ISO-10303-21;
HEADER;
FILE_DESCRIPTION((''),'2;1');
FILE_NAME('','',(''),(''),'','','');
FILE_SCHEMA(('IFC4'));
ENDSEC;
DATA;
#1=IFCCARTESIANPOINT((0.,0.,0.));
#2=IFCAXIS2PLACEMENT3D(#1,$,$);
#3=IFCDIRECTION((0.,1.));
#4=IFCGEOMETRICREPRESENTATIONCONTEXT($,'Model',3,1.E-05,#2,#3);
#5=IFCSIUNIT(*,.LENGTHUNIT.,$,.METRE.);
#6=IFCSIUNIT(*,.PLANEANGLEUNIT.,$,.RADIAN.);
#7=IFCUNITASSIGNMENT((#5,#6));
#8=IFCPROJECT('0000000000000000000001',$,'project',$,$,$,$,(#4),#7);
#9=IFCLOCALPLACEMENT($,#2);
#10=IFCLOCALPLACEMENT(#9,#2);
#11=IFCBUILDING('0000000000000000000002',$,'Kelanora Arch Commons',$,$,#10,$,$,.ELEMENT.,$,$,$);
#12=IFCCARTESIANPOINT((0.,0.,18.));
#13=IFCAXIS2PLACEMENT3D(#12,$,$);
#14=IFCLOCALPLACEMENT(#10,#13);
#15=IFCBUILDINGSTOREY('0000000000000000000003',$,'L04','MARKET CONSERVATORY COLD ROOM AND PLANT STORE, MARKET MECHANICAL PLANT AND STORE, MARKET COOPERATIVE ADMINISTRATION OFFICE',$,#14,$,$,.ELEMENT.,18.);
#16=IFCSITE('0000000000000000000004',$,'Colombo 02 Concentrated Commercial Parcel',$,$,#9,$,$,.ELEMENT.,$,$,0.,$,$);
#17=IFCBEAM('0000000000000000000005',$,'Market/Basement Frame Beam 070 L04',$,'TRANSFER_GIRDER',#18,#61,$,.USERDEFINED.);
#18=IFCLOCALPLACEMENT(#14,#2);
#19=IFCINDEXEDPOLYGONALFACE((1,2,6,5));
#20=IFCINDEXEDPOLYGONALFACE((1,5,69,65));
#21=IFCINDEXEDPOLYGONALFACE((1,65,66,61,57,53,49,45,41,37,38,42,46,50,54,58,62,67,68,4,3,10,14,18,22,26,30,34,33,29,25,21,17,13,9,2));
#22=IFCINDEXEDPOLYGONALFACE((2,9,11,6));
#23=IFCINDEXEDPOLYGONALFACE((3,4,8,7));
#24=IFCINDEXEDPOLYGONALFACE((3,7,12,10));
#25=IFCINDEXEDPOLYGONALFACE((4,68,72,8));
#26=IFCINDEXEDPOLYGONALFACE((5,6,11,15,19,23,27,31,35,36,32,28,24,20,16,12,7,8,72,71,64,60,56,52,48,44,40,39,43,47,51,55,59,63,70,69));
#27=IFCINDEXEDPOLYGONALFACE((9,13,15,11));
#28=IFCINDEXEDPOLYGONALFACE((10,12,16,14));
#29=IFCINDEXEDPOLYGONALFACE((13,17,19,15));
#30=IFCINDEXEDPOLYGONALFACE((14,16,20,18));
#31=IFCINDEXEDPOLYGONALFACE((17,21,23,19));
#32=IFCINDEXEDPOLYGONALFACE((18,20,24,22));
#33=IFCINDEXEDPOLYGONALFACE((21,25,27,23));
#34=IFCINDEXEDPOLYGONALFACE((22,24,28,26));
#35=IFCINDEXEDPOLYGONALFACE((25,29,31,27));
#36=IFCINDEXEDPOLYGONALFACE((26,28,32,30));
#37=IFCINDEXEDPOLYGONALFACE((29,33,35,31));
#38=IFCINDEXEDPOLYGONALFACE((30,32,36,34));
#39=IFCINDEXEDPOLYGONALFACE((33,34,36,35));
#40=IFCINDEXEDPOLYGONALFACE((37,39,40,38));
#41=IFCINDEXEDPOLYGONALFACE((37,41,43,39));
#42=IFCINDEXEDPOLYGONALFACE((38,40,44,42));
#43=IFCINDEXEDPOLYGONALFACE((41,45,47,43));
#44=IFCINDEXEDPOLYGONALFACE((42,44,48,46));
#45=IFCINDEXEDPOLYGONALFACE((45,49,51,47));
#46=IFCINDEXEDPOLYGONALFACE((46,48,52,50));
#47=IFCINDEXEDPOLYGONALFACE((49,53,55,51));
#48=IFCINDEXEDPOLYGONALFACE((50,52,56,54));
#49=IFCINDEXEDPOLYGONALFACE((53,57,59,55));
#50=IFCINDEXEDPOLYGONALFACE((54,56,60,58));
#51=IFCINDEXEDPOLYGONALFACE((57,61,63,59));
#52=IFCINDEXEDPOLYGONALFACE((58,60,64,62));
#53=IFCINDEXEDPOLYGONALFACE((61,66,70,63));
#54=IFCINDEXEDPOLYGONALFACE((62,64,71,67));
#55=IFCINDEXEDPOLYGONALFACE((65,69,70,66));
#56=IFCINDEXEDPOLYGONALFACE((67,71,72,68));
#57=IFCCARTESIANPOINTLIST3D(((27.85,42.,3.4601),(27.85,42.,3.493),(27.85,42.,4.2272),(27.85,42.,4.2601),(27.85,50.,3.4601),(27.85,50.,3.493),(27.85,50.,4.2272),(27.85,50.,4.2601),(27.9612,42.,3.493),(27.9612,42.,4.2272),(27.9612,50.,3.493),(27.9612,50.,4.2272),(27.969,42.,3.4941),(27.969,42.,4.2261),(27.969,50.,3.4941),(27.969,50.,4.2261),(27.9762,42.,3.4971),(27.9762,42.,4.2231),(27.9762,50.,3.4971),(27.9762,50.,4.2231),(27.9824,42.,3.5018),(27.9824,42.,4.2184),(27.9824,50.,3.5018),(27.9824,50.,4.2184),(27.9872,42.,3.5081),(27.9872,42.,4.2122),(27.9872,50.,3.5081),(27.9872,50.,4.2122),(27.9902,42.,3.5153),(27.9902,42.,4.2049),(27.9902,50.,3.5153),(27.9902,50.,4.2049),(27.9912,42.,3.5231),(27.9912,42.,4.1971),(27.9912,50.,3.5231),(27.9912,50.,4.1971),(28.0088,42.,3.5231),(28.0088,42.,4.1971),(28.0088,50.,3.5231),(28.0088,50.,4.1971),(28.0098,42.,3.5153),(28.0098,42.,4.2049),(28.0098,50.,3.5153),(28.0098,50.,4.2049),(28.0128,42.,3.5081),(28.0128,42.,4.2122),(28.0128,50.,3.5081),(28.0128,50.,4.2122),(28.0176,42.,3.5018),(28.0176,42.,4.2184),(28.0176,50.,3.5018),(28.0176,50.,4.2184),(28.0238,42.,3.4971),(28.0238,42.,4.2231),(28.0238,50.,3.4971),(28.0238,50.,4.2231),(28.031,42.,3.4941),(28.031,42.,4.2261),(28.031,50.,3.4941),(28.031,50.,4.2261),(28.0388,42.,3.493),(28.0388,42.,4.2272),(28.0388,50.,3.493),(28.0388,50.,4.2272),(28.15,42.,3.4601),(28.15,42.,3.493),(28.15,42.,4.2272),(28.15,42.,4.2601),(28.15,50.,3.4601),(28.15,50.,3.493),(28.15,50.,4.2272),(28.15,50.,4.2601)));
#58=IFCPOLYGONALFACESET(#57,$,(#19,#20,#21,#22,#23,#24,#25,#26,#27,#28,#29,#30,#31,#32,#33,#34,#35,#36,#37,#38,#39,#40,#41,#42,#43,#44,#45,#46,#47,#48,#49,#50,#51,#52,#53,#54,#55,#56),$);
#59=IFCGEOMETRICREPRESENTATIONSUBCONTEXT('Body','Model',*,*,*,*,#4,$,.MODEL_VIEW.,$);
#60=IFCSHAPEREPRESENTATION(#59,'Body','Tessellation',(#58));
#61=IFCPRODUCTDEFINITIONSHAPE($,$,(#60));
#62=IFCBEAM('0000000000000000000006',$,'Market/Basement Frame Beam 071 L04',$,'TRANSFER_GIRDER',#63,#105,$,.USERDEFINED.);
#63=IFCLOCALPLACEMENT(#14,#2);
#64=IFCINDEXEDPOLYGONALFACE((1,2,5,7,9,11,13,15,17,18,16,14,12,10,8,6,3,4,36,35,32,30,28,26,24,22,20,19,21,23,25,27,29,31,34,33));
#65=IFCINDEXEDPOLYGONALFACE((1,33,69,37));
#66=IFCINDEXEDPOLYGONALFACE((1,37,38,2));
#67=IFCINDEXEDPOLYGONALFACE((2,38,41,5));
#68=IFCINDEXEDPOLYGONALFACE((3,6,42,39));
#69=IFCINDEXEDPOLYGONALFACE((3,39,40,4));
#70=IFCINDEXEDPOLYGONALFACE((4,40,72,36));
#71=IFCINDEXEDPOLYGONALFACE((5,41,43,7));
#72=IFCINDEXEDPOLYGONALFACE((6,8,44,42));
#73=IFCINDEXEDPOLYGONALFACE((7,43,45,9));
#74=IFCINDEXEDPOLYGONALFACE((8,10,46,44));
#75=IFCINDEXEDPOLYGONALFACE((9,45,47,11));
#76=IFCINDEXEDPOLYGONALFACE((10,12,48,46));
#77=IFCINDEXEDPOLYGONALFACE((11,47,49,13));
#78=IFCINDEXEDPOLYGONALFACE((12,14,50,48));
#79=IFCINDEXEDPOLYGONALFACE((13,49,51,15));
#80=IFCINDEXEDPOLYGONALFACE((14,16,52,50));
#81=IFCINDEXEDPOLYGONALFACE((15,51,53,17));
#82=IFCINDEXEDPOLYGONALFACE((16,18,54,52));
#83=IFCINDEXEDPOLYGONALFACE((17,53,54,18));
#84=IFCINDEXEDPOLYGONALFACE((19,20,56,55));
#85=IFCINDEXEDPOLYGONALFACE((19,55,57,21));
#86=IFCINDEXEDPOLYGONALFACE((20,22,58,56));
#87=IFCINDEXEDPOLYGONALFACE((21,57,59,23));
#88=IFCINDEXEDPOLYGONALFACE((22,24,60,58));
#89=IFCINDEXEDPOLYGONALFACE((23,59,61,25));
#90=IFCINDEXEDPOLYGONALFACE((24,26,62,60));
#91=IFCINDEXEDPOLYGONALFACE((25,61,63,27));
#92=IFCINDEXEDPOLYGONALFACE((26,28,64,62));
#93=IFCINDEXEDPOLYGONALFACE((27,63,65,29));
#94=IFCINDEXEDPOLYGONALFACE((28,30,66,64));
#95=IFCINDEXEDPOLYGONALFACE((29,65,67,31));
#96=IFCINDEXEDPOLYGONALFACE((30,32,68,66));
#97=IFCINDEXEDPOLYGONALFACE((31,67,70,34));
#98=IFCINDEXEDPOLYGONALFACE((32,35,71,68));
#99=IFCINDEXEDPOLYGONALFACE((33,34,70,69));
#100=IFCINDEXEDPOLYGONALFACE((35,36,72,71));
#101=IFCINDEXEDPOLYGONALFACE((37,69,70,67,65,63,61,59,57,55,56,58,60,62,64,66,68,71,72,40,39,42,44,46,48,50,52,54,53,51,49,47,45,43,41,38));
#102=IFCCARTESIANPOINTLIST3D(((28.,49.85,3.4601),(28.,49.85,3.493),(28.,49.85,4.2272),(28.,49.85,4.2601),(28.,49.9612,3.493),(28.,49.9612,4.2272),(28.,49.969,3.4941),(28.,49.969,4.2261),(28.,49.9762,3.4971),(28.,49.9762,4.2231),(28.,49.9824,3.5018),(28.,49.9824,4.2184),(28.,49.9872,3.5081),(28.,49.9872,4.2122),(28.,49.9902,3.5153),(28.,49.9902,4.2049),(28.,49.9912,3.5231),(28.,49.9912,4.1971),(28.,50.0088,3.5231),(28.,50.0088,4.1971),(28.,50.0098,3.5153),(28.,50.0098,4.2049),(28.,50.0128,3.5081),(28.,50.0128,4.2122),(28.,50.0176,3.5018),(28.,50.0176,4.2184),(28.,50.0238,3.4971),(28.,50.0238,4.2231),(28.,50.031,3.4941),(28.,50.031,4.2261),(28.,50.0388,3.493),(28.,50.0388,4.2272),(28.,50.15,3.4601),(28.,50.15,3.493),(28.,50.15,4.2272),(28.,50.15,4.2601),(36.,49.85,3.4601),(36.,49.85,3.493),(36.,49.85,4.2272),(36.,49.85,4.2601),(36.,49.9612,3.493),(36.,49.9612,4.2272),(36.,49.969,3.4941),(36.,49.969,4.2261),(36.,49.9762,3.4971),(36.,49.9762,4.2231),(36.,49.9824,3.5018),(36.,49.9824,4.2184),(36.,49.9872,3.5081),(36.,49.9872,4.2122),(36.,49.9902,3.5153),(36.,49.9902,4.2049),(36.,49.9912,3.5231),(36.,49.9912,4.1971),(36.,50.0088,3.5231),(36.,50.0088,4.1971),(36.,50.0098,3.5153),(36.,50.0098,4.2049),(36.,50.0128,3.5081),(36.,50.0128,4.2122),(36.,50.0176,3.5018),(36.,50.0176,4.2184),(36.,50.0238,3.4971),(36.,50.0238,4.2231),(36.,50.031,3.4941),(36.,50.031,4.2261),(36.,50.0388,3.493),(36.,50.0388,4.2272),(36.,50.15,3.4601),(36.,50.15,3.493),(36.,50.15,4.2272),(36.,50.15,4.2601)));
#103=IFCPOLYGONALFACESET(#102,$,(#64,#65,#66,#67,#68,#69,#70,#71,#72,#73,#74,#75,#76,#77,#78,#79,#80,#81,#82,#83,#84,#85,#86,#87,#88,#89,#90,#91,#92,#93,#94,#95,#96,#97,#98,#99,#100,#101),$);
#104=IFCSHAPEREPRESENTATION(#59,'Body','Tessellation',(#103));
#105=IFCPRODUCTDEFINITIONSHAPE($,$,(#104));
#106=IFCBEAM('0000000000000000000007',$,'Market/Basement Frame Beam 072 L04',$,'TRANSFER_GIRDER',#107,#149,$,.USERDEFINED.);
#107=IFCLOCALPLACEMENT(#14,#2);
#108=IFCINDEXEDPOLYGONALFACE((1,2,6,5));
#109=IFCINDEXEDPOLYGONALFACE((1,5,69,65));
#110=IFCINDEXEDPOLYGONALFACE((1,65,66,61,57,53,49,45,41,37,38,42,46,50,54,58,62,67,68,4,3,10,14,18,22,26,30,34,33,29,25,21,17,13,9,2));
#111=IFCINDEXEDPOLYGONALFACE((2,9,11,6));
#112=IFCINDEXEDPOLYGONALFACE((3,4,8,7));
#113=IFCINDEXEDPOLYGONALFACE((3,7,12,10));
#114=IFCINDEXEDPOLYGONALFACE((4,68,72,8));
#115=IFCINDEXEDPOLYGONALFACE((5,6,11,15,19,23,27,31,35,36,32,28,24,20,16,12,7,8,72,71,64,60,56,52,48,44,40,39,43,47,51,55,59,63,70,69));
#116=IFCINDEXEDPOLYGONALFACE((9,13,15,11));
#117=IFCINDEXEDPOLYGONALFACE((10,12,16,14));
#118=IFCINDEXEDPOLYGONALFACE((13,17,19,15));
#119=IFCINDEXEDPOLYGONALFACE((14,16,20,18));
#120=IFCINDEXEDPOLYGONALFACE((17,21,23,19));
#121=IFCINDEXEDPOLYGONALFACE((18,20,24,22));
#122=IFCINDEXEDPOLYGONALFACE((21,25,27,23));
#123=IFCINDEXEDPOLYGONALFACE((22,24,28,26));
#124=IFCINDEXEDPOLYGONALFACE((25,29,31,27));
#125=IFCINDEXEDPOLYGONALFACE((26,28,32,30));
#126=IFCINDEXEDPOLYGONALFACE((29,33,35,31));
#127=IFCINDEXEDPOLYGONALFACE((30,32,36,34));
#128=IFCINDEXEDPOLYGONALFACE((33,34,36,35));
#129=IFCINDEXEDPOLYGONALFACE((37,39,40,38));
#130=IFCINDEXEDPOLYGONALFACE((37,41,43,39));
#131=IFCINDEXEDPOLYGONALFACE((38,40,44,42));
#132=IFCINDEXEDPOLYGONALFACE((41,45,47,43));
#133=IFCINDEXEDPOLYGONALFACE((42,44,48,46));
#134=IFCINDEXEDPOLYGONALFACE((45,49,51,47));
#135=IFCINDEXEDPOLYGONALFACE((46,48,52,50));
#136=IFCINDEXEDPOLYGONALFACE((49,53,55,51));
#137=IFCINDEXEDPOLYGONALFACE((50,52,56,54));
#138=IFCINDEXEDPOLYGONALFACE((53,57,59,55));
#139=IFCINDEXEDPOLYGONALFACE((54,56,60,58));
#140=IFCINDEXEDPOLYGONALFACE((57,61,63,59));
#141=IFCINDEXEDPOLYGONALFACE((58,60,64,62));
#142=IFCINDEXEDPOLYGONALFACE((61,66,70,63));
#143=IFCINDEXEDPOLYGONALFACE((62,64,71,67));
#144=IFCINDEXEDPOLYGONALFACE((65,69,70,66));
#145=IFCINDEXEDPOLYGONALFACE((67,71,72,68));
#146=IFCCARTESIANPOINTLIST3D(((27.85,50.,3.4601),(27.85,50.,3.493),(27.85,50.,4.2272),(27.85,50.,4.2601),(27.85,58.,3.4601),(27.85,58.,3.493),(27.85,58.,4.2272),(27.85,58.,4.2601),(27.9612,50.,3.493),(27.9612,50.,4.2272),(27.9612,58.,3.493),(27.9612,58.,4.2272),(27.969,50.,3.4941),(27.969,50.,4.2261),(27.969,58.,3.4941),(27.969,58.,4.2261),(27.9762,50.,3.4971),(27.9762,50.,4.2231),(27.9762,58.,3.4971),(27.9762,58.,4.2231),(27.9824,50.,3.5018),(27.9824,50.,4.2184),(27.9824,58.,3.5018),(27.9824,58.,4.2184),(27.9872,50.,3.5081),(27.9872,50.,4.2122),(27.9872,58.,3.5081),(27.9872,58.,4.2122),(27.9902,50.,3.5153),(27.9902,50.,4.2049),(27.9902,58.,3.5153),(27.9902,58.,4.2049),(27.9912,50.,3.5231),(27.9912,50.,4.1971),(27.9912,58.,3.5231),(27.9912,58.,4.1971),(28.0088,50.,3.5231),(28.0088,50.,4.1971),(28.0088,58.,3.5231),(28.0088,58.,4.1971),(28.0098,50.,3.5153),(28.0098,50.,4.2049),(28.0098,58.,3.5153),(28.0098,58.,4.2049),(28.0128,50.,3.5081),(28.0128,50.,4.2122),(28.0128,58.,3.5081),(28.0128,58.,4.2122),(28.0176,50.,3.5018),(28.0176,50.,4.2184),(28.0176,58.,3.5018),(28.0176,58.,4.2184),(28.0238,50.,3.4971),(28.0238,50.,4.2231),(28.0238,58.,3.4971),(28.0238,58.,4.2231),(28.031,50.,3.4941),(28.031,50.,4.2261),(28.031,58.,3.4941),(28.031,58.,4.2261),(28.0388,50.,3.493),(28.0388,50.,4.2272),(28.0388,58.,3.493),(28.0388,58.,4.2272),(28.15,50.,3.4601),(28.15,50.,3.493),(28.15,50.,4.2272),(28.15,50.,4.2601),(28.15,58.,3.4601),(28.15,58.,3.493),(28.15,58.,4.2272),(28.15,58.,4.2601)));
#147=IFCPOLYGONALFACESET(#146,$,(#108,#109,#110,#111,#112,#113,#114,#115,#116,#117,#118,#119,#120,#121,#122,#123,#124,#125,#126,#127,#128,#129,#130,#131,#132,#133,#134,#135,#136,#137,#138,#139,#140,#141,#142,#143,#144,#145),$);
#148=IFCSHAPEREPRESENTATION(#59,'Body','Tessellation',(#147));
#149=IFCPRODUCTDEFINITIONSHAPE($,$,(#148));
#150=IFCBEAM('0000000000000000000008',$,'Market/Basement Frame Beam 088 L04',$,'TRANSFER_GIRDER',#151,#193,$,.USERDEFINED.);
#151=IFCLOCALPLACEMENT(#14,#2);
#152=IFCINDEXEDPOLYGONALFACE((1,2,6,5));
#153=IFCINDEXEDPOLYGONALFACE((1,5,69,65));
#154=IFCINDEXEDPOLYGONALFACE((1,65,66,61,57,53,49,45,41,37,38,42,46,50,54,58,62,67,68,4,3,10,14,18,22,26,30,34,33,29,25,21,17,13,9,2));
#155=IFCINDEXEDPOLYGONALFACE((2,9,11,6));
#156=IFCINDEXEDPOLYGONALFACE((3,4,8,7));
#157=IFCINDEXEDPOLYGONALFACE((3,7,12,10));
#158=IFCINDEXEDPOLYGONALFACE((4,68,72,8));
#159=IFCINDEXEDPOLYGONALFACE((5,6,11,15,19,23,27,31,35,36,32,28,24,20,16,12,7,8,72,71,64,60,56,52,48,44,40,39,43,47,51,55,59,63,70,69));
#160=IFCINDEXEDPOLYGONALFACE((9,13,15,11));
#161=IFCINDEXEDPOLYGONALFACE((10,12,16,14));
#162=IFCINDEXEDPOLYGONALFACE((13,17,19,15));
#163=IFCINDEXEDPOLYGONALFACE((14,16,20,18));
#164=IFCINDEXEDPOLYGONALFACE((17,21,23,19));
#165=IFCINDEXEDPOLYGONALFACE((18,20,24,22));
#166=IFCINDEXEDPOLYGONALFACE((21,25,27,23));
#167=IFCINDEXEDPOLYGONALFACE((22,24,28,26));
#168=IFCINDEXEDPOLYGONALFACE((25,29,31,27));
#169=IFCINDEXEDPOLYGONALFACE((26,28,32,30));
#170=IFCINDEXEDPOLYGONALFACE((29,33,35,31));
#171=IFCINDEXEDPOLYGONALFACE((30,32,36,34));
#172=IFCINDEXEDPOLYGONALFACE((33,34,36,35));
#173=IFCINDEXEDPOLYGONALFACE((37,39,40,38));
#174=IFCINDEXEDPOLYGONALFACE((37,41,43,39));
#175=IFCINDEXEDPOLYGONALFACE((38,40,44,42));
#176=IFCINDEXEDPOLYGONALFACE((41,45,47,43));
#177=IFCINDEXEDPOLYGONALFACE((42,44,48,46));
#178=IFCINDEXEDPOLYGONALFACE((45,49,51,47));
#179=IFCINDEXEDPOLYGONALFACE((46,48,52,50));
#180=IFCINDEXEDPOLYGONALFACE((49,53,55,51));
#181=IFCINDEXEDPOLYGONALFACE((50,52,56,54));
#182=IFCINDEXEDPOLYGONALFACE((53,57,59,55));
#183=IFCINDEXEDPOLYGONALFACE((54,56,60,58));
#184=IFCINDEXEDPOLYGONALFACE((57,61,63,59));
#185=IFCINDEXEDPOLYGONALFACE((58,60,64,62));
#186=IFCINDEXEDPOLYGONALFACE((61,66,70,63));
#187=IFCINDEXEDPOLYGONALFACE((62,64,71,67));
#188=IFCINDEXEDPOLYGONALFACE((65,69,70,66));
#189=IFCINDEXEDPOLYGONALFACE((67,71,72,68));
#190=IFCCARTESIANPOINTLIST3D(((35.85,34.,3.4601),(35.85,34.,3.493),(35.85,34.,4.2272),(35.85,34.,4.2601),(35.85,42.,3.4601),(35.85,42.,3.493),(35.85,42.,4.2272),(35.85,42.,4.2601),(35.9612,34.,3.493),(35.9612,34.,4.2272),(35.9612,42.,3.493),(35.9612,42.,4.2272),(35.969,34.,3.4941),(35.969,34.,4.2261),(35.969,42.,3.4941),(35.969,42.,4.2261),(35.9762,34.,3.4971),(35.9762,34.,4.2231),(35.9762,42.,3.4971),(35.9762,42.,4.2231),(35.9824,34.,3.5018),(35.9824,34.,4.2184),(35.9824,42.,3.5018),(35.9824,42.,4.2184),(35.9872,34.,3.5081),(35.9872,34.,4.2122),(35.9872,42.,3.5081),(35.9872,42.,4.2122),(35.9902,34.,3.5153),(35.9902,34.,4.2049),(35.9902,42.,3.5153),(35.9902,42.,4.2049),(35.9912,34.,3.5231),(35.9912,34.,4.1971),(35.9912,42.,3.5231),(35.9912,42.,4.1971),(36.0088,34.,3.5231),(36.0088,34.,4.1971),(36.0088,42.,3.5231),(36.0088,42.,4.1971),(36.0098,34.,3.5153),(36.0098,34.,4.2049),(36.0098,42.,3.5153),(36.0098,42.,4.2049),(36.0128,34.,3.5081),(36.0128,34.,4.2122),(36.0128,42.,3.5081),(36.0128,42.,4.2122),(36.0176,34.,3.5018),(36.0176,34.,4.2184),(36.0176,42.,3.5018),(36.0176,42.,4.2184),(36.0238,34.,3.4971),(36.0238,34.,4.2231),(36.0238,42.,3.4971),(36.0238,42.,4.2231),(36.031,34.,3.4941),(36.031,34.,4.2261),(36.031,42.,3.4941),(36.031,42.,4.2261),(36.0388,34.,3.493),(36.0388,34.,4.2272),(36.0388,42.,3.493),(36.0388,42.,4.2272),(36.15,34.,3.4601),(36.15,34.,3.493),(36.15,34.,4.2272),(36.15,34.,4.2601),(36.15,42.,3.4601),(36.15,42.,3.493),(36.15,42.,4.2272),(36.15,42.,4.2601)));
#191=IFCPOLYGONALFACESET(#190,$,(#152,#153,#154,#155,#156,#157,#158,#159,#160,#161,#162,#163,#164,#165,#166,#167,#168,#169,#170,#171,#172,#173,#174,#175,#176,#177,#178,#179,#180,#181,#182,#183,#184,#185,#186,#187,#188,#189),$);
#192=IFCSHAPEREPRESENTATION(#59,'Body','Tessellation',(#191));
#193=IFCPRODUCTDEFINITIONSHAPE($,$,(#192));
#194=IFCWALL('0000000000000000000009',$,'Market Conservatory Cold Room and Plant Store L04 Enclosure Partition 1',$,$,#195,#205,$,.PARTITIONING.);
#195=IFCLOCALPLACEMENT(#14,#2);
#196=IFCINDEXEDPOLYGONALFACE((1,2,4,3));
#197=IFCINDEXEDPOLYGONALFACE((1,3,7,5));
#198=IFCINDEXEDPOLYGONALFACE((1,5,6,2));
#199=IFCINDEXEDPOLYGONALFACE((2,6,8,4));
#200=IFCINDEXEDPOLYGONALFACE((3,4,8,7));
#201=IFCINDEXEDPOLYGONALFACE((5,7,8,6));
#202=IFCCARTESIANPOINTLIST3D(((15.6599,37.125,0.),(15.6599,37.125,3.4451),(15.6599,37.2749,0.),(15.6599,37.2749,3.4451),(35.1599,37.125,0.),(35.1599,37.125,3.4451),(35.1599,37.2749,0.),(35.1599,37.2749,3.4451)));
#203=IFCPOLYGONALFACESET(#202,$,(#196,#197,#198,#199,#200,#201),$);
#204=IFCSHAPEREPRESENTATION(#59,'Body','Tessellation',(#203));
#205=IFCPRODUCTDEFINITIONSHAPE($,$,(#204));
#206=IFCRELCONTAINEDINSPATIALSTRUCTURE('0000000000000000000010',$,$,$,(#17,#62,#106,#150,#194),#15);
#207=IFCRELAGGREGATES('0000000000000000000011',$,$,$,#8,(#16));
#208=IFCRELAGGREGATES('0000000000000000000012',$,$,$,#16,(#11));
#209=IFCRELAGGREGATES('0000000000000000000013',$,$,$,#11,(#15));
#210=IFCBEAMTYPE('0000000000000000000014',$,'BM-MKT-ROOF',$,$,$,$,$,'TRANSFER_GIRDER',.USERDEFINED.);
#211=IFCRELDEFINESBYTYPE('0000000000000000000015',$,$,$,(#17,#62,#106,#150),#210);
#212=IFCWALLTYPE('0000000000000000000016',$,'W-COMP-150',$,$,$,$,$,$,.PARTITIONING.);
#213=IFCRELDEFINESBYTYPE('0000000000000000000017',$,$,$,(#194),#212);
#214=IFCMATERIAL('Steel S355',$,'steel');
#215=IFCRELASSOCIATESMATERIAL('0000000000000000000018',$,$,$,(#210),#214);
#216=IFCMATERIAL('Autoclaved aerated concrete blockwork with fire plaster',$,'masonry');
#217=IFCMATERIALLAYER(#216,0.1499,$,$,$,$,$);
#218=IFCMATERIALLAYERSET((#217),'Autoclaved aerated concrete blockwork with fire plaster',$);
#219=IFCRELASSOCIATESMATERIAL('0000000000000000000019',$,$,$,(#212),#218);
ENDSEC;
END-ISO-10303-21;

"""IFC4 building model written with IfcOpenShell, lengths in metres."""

from ifc_helpers import new_model, si_unit, direction, frame, frame_2d, origin, origin_2d, place, context, subcontext, project, spatial, rectangle, i_section, extrude, material, layer, layer_set, material_profile, profile_set, type_object, element, save


model = new_model("IFC4")

# Units and contexts
model_context = context("Model", 3, precision=1e-05, world=origin(), true_north=direction((0.0, 1.0)))
body_context = subcontext(model_context, "Body", "Model", "MODEL_VIEW")
ifc_project = project(units=[si_unit("LENGTHUNIT", "METRE"), si_unit("PLANEANGLEUNIT", "RADIAN")], contexts=[model_context])

# Site, building, storey
site_placement = place(None, origin())
site = spatial("IfcSite", under=ifc_project, at=site_placement, Name="Colombo 02 Concentrated Commercial Parcel", CompositionType="ELEMENT", RefElevation=0.0)
building_placement = place(site_placement, origin())
building = spatial("IfcBuilding", under=site, at=building_placement, Name="Kelanora Arch Commons", CompositionType="ELEMENT")
storey_placement = place(building_placement, frame((0.0, 0.0, 18.0)))
storey = spatial("IfcBuildingStorey", under=building, at=storey_placement, Name="L04", Description="MARKET CONSERVATORY COLD ROOM AND PLANT STORE, MARKET MECHANICAL PLANT AND STORE, MARKET COOPERATIVE ADMINISTRATION OFFICE", CompositionType="ELEMENT", Elevation=18.0)

# Beams
ifc_material_1 = material(Name="Steel S355", Category="steel")
ifc_material_profile_1 = material_profile(ifc_material_1, i_section(OverallWidth=0.3, OverallDepth=0.8, WebThickness=0.0176, FlangeThickness=0.033, FilletRadius=0.03, at=origin_2d()), Name="HEB800")
ifc_profile_set_1 = profile_set([ifc_material_profile_1], Name="Steel S355")
beam_type = type_object("IfcBeamType", Name="BM-MKT-ROOF", ElementType="TRANSFER_GIRDER", PredefinedType="USERDEFINED", material=ifc_profile_set_1)
for number, where, z_axis, x_axis, name in (
    (1, (28.0, 42.0, 3.8601), (0.0, 1.0, 0.0), (-1.0, 0.0, 0.0), "Market/Basement Frame Beam 070 L04"),
    (2, (28.0, 50.0, 3.8601), (1.0, 0.0, 0.0), (0.0, 1.0, 0.0), "Market/Basement Frame Beam 071 L04"),
    (3, (28.0, 50.0, 3.8601), (0.0, 1.0, 0.0), (-1.0, 0.0, 0.0), "Market/Basement Frame Beam 072 L04"),
    (4, (36.0, 34.0, 3.8601), (0.0, 1.0, 0.0), (-1.0, 0.0, 0.0), "Market/Basement Frame Beam 088 L04"),
):
    element("IfcBeam", number, at=place(storey_placement, frame(where, z_axis=z_axis, x_axis=x_axis)), inside=storey, type_object=beam_type, Name=name, ObjectType="TRANSFER_GIRDER", PredefinedType="USERDEFINED", context=body_context, shape_type="SweptSolid", body=[
        extrude(i_section(OverallWidth=0.3, OverallDepth=0.8, WebThickness=0.0176, FlangeThickness=0.033, FilletRadius=0.03, at=origin_2d()), origin(), (0.0, 0.0, 1.0), 8.0),
    ])

# Wall
ifc_material_2 = material(Name="Autoclaved aerated concrete blockwork with fire plaster", Category="masonry")
ifc_layer_1 = layer(ifc_material_2, 0.1499)
ifc_layer_set_1 = layer_set([ifc_layer_1], Name="Autoclaved aerated concrete blockwork with fire plaster")
wall_type_1 = type_object("IfcWallType", Name="W-COMP-150", PredefinedType="PARTITIONING", material=ifc_layer_set_1)
wall_1_placement = place(storey_placement, frame((15.6599, 37.2, 0.0), z_axis=(0.0, 0.0, 1.0), x_axis=(1.0, 0.0, 0.0)))
element("IfcWall", 5, at=wall_1_placement, inside=storey, type_object=wall_type_1, Name="Market Conservatory Cold Room and Plant Store L04 Enclosure Partition 1", PredefinedType="PARTITIONING", context=body_context, shape_type="SweptSolid", body=[
    extrude(rectangle(XDim=19.5, YDim=0.1499, at=frame_2d((9.75, 0.0))), origin(), (0.0, 0.0, 1.0), 3.4451),
])

save(model, "model.ifc")
